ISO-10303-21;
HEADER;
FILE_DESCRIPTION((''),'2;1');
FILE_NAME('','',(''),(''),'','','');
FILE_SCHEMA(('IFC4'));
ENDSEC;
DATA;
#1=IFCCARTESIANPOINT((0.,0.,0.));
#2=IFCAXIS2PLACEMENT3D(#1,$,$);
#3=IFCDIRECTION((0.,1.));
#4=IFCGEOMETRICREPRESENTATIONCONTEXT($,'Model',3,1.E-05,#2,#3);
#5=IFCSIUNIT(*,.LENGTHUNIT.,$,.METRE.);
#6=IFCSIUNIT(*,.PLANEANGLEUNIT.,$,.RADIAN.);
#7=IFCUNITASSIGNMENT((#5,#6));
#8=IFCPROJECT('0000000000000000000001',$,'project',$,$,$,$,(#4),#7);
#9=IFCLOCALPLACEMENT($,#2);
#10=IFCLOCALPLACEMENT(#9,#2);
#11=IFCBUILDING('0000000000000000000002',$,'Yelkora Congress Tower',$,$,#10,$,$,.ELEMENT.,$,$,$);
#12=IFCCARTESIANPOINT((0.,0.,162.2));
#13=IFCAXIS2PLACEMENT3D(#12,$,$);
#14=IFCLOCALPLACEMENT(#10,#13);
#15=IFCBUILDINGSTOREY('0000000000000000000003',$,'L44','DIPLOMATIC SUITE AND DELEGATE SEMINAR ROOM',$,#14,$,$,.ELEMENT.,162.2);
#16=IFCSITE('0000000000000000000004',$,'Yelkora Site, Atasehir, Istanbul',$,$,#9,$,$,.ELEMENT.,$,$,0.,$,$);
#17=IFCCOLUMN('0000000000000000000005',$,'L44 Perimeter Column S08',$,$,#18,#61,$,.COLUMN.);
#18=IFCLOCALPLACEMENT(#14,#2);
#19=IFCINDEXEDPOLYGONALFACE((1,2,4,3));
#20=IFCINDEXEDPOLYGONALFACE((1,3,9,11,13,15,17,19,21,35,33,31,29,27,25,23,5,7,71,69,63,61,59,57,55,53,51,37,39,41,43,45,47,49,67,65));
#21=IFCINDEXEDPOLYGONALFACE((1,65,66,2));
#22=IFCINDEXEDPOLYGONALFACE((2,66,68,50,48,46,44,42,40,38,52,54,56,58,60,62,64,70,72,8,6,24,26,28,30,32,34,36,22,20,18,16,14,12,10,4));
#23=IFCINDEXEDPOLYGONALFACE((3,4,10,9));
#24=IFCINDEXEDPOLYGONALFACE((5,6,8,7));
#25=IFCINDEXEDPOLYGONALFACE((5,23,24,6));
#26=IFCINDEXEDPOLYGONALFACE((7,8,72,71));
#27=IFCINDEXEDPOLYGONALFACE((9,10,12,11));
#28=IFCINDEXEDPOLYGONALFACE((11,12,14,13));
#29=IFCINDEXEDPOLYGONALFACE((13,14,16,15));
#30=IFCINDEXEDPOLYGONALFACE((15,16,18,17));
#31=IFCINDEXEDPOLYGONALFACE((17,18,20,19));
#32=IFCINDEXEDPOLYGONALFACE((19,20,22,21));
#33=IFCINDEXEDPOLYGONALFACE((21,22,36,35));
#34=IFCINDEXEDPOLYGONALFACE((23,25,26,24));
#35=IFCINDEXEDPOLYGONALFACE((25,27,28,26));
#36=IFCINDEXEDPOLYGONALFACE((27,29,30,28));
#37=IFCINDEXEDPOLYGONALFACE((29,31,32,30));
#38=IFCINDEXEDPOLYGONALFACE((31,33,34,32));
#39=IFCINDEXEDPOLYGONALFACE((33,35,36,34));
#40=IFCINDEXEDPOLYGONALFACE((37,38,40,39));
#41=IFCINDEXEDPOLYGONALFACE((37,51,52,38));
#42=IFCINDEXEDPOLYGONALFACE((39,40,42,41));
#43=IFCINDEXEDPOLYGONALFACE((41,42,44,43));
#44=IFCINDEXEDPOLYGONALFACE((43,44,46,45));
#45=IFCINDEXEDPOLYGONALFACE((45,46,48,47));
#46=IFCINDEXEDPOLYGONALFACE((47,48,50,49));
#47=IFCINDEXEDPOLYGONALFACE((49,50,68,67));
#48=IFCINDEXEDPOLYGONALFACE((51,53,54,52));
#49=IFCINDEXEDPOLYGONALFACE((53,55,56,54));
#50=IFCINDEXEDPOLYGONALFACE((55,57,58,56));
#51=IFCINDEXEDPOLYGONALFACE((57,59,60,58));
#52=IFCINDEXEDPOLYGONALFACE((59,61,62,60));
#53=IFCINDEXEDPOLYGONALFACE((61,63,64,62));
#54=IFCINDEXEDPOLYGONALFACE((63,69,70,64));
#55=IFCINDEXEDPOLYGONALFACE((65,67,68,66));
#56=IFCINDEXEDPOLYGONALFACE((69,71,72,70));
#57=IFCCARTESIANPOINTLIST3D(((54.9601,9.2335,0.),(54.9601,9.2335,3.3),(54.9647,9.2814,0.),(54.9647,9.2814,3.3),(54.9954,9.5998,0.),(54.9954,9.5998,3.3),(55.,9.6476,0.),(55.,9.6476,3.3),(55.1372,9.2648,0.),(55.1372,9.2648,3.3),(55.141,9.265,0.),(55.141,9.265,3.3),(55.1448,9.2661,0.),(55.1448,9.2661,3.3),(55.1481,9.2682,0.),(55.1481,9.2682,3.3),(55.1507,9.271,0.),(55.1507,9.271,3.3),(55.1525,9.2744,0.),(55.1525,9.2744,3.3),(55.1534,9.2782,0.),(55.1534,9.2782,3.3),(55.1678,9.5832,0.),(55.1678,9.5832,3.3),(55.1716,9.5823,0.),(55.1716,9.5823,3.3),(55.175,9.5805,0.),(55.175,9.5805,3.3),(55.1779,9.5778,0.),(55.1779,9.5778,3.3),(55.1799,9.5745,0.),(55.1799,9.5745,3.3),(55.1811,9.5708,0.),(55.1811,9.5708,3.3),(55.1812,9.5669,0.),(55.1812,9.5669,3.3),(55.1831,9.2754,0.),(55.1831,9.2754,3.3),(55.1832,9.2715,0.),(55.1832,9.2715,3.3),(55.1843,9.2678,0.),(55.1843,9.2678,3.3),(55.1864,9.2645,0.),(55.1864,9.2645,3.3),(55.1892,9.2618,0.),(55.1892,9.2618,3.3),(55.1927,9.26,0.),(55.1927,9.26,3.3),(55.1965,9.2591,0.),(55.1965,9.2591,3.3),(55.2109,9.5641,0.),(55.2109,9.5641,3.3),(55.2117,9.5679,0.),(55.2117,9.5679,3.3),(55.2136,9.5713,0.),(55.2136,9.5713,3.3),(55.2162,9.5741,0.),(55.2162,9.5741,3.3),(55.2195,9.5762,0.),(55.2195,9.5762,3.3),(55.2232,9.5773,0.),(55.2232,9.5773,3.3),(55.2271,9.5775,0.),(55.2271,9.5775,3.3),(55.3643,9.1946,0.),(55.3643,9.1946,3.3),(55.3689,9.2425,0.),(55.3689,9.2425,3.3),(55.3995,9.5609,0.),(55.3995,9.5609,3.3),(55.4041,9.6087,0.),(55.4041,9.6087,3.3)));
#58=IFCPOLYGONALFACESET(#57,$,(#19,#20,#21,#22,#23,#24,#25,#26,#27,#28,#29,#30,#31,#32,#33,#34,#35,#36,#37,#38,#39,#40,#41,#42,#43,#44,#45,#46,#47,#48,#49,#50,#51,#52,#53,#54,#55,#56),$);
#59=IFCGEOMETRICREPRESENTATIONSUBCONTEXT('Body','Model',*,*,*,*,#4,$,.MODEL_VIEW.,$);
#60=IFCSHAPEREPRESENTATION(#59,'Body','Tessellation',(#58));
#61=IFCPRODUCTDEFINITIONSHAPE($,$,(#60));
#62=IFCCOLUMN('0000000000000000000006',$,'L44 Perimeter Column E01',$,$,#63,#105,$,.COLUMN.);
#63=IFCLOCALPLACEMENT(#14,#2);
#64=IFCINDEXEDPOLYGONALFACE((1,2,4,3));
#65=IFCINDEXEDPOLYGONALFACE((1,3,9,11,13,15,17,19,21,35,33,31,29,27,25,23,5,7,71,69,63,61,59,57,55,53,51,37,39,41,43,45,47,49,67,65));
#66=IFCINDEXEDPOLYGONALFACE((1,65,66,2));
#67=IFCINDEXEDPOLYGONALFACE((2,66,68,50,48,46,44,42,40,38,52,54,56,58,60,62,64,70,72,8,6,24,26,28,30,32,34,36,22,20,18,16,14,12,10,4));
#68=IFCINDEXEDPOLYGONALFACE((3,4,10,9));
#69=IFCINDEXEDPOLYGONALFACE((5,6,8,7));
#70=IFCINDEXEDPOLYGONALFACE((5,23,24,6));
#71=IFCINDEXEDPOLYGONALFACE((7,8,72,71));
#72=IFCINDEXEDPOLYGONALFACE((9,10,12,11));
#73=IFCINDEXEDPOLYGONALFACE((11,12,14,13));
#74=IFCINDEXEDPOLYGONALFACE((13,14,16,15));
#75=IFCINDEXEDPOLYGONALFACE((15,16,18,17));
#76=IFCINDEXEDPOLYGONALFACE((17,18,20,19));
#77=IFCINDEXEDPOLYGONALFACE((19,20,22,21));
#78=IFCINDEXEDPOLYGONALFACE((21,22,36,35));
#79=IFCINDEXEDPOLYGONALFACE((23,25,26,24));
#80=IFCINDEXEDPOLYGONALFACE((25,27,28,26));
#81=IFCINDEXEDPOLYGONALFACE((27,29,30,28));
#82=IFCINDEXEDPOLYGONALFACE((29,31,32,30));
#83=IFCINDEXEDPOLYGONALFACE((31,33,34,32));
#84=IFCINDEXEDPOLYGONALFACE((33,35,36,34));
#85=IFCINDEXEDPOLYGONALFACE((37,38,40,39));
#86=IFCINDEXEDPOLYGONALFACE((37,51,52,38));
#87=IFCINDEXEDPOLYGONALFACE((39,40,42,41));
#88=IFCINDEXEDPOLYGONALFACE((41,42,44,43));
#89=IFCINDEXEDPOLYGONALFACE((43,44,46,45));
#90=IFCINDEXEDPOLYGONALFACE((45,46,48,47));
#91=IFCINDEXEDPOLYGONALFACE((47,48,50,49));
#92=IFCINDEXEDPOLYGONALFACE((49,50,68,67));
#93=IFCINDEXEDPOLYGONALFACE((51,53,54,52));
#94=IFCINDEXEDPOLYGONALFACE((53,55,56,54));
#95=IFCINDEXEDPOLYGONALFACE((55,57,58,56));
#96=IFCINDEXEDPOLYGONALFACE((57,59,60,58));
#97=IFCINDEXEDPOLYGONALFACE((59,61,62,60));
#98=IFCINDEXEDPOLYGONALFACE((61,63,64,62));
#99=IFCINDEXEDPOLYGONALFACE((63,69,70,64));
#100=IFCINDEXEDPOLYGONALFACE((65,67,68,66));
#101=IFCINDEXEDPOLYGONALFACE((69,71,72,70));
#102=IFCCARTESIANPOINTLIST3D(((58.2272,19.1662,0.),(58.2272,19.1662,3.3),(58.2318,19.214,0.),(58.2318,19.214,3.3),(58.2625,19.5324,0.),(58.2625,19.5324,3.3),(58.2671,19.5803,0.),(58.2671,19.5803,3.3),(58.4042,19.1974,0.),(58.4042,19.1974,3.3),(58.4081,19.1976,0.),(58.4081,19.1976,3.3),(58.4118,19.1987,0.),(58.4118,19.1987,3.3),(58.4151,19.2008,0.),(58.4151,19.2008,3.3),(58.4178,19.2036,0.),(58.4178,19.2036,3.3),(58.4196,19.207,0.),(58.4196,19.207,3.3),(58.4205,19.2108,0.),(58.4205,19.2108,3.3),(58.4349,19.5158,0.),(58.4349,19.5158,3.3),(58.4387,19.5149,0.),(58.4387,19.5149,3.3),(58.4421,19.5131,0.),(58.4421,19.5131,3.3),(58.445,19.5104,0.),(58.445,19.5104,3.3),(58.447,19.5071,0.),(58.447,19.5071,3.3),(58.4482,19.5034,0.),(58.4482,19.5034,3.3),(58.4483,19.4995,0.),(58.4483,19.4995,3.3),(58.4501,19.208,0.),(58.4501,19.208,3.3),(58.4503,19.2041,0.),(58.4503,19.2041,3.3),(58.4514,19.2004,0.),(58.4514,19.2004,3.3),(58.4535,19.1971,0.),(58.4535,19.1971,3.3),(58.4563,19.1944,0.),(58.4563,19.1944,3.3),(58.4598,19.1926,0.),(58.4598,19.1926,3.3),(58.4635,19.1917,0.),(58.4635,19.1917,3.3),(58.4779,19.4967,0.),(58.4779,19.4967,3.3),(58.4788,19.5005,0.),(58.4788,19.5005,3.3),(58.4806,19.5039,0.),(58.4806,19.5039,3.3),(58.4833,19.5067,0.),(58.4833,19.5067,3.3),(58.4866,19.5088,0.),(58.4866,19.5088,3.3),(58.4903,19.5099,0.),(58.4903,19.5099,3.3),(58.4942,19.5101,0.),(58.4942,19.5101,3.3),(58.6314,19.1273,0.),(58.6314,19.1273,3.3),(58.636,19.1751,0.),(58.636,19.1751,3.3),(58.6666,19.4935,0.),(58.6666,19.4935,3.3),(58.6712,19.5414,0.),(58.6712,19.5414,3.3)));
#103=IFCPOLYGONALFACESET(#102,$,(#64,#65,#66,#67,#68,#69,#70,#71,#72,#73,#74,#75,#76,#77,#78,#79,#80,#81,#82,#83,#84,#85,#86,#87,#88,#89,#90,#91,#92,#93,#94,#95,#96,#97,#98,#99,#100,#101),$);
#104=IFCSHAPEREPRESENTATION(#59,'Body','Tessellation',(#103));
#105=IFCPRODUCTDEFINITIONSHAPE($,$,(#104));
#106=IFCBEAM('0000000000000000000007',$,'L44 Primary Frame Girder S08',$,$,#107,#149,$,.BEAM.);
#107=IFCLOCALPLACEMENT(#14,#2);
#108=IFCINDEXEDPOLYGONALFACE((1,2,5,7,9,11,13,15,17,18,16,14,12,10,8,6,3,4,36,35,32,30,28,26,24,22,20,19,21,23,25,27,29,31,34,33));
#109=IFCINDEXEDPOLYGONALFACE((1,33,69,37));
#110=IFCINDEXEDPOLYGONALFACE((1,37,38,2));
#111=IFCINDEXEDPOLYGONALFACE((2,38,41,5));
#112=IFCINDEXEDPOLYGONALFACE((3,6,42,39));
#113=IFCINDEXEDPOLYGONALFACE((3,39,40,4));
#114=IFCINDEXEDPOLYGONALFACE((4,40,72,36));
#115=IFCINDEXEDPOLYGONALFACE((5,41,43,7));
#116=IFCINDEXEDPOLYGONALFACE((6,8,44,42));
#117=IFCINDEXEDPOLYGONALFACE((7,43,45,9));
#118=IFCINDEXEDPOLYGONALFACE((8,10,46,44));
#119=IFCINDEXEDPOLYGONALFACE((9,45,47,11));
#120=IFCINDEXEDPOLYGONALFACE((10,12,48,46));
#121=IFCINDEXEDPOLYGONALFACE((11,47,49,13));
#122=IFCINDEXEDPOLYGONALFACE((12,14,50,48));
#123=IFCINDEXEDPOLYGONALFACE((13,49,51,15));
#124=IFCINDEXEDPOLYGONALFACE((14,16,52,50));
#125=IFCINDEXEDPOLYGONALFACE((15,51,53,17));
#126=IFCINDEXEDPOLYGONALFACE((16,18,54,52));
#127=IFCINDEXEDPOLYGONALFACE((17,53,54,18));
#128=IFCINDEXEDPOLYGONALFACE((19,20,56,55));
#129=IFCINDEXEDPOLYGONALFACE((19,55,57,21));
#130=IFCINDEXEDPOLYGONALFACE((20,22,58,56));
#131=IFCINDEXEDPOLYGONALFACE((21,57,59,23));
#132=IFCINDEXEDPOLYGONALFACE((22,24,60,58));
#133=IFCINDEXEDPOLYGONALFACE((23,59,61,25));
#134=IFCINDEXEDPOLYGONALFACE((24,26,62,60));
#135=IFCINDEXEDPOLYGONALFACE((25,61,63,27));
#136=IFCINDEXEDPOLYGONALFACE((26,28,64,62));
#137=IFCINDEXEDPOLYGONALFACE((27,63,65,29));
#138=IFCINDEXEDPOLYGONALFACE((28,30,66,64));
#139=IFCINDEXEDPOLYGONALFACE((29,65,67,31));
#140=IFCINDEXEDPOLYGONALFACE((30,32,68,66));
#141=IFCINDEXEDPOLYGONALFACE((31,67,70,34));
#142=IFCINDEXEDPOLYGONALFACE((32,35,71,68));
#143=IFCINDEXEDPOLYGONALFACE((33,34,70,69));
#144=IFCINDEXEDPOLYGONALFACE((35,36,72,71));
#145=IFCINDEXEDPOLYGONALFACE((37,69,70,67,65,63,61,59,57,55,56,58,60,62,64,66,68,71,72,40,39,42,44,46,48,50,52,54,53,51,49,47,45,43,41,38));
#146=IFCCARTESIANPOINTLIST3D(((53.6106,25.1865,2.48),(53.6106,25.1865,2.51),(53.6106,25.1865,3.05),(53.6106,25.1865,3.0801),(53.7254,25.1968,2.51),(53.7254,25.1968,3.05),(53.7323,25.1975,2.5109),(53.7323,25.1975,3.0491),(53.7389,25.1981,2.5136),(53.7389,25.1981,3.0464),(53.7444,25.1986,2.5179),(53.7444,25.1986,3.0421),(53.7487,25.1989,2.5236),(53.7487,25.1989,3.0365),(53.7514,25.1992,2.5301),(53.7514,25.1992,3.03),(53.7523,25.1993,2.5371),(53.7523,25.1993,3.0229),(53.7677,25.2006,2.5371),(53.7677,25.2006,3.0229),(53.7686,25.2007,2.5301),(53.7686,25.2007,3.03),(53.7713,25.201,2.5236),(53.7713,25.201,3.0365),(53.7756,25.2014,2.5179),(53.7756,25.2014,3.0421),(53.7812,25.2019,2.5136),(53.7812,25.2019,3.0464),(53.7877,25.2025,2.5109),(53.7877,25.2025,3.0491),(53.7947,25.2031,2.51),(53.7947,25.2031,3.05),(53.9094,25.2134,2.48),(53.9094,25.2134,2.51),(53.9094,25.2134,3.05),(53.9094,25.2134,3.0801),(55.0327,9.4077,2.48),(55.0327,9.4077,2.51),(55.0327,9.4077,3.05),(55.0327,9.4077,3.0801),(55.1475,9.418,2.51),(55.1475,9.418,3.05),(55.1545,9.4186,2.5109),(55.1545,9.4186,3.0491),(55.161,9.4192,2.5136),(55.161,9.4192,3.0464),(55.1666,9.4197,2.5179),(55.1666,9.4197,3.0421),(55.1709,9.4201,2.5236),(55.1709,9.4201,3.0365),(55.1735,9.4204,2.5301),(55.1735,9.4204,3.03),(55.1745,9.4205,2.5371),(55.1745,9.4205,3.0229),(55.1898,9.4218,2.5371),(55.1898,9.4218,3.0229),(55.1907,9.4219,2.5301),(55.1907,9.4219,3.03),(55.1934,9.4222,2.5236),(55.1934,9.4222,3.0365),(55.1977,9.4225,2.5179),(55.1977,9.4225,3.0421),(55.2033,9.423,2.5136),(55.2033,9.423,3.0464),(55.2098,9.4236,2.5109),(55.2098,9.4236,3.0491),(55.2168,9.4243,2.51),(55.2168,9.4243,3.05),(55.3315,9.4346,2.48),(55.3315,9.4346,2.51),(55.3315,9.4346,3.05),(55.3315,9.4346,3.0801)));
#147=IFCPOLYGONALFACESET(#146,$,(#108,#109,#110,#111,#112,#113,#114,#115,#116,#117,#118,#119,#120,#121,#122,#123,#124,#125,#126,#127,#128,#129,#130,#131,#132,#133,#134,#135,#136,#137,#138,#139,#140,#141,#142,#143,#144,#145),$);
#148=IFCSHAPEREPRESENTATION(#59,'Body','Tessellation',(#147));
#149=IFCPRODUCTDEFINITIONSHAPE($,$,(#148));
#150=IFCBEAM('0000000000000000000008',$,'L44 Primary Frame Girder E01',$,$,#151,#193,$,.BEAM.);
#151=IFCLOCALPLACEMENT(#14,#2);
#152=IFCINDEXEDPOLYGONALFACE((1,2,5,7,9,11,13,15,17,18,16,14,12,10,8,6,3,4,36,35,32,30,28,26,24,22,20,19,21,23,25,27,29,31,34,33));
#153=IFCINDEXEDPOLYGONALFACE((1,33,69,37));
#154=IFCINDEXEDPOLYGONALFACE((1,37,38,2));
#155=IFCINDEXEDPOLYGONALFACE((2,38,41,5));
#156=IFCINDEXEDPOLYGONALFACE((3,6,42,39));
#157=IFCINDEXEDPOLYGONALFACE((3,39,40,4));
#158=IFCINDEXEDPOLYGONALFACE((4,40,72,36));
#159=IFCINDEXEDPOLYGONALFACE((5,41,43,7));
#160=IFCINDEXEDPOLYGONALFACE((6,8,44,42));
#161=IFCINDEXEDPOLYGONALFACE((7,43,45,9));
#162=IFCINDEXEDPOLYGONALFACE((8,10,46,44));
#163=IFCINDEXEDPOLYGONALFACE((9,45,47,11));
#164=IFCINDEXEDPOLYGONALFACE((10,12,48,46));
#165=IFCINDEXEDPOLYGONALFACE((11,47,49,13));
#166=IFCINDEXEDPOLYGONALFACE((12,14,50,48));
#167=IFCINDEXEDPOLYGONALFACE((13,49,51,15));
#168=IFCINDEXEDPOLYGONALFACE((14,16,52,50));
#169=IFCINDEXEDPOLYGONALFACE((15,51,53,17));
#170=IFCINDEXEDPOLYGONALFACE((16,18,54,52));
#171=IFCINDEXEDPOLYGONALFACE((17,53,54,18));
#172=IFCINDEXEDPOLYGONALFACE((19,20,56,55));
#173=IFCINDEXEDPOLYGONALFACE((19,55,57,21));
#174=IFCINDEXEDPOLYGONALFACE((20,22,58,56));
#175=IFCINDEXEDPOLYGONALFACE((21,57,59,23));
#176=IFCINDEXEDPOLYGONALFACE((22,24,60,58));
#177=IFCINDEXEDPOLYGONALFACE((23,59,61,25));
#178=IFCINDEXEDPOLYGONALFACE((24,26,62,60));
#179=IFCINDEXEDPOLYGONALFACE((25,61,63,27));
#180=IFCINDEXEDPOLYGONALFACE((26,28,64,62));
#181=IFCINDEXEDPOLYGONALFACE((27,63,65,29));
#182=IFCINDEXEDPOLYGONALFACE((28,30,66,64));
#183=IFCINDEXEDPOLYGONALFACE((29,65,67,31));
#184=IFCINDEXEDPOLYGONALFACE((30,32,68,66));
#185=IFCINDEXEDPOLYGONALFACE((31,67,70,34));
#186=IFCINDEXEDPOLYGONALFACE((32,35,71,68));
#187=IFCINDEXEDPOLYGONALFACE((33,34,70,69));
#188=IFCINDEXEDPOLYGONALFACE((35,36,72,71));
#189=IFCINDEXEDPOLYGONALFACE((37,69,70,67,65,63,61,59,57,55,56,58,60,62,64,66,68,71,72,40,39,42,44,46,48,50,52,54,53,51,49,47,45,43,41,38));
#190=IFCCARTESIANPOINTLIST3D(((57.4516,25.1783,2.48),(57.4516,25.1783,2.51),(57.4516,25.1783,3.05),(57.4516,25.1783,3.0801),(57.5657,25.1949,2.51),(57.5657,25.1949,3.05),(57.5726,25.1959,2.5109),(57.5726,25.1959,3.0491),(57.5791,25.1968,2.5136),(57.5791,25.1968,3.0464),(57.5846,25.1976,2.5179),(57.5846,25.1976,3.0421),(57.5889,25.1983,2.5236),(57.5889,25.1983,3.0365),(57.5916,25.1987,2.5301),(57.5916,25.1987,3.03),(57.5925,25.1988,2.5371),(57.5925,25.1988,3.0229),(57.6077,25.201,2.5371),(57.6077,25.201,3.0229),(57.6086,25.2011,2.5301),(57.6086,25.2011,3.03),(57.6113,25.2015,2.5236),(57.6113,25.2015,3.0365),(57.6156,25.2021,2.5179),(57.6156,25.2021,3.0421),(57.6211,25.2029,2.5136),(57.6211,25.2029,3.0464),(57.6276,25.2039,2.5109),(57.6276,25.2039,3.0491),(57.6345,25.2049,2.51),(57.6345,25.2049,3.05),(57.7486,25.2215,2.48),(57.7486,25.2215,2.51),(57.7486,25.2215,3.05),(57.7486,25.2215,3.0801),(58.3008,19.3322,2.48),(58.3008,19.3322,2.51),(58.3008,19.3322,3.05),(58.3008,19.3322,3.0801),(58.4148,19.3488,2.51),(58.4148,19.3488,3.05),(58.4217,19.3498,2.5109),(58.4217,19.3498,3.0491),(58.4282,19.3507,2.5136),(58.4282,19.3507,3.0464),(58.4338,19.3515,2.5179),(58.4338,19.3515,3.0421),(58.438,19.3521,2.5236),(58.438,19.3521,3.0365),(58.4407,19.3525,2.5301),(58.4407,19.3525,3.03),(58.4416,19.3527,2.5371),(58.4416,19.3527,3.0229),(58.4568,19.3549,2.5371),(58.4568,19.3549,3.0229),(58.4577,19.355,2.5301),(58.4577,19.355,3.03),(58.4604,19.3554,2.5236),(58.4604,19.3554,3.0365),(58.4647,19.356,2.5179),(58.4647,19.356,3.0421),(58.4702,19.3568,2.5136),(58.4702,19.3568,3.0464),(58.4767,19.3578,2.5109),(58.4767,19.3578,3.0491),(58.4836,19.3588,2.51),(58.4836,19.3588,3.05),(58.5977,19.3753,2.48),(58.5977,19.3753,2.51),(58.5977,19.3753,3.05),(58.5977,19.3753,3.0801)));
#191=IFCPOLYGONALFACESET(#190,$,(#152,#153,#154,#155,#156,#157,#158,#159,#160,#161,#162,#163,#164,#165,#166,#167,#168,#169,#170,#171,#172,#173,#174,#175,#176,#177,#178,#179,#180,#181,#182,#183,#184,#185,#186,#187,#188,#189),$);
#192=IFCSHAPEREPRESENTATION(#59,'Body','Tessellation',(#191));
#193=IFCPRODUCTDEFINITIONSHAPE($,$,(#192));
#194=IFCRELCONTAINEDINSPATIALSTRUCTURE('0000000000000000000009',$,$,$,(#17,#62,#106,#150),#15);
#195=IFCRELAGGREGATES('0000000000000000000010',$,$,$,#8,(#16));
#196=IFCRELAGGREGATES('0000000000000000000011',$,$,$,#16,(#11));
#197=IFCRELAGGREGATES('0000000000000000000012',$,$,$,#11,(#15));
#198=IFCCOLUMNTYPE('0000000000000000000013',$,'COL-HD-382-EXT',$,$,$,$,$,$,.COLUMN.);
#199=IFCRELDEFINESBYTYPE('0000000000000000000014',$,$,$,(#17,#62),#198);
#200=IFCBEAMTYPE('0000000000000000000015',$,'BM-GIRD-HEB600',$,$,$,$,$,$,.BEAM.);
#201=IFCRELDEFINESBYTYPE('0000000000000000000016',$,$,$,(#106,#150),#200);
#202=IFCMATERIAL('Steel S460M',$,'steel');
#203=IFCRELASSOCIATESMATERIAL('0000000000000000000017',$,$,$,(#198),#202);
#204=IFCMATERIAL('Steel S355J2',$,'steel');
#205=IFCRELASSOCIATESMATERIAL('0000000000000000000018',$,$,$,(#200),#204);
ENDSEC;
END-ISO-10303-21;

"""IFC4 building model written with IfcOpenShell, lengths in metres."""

from ifc_helpers import new_model, si_unit, direction, frame, origin, origin_2d, place, context, subcontext, project, spatial, i_section, extrude, material, material_profile, profile_set, type_object, element, save


model = new_model("IFC4")

# Units and contexts
model_context = context("Model", 3, precision=1e-05, world=origin(), true_north=direction((0.0, 1.0)))
body_context = subcontext(model_context, "Body", "Model", "MODEL_VIEW")
ifc_project = project(units=[si_unit("LENGTHUNIT", "METRE"), si_unit("PLANEANGLEUNIT", "RADIAN")], contexts=[model_context])

# Site, building, storey
site_placement = place(None, origin())
site = spatial("IfcSite", under=ifc_project, at=site_placement, Name="Yelkora Site, Atasehir, Istanbul", CompositionType="ELEMENT", RefElevation=0.0)
building_placement = place(site_placement, origin())
building = spatial("IfcBuilding", under=site, at=building_placement, Name="Yelkora Congress Tower", CompositionType="ELEMENT")
storey_placement = place(building_placement, frame((0.0, 0.0, 162.2)))
storey = spatial("IfcBuildingStorey", under=building, at=storey_placement, Name="L44", Description="DIPLOMATIC SUITE AND DELEGATE SEMINAR ROOM", CompositionType="ELEMENT", Elevation=162.2)

# Columns
ifc_material_1 = material(Name="Steel S460M", Category="steel")
ifc_material_profile_1 = material_profile(ifc_material_1, i_section(OverallWidth=0.406, OverallDepth=0.416, WebThickness=0.0298, FlangeThickness=0.0481, FilletRadius=0.0149, at=origin_2d()), Name="HD 400x382")
ifc_profile_set_1 = profile_set([ifc_material_profile_1], Name="Steel S460M")
column_type = type_object("IfcColumnType", Name="COL-HD-382-EXT", PredefinedType="COLUMN", material=ifc_profile_set_1)
for number, where, z_axis, x_axis, name in (
    (1, (55.1821, 9.4211, 0.0), (0.0, 0.0, 1.0), (0.995396, -0.095846, 0.0), "L44 Perimeter Column S08"),
    (2, (58.4492, 19.3538, 0.0), (0.0, 0.0, 1.0), (0.995396, -0.095846, 0.0), "L44 Perimeter Column E01"),
):
    element("IfcColumn", number, at=place(storey_placement, frame(where, z_axis=z_axis, x_axis=x_axis)), inside=storey, type_object=column_type, Name=name, PredefinedType="COLUMN", context=body_context, shape_type="SweptSolid", body=[
        extrude(i_section(OverallWidth=0.406, OverallDepth=0.416, WebThickness=0.0298, FlangeThickness=0.0481, FilletRadius=0.0149, at=origin_2d()), origin(), (0.0, 0.0, 1.0), 3.3),
    ])

# Beams
ifc_material_2 = material(Name="Steel S355J2", Category="steel")
ifc_material_profile_2 = material_profile(ifc_material_2, i_section(OverallWidth=0.3, OverallDepth=0.6001, WebThickness=0.0154, FlangeThickness=0.03, FilletRadius=0.0271, at=origin_2d()), Name="HEB 600")
ifc_profile_set_2 = profile_set([ifc_material_profile_2], Name="Steel S355J2")
beam_type_1 = type_object("IfcBeamType", Name="BM-GIRD-HEB600", PredefinedType="BEAM", material=ifc_profile_set_2)
beam_1_placement = place(storey_placement, frame((55.1821, 9.4211, 2.78), z_axis=(-0.089765, 0.995963, 0.0), x_axis=(-0.995963, -0.089765, 0.0)))
element("IfcBeam", 3, at=beam_1_placement, inside=storey, type_object=beam_type_1, Name="L44 Primary Frame Girder S08", PredefinedType="BEAM", context=body_context, shape_type="SweptSolid", body=[
    extrude(i_section(OverallWidth=0.3, OverallDepth=0.6001, WebThickness=0.0154, FlangeThickness=0.03, FilletRadius=0.0271, at=origin_2d()), origin(), (0.0, 0.0, 1.0), 15.8428),
])
beam_2_placement = place(storey_placement, frame((58.4492, 19.3538, 2.78), z_axis=(-0.143735, 0.989616, 0.0), x_axis=(-0.989616, -0.143735, 0.0)))
element("IfcBeam", 4, at=beam_2_placement, inside=storey, type_object=beam_type_1, Name="L44 Primary Frame Girder E01", PredefinedType="BEAM", context=body_context, shape_type="SweptSolid", body=[
    extrude(i_section(OverallWidth=0.3, OverallDepth=0.6001, WebThickness=0.0154, FlangeThickness=0.03, FilletRadius=0.0271, at=origin_2d()), origin(), (0.0, 0.0, 1.0), 5.9075),
])

save(model, "model.ifc")
